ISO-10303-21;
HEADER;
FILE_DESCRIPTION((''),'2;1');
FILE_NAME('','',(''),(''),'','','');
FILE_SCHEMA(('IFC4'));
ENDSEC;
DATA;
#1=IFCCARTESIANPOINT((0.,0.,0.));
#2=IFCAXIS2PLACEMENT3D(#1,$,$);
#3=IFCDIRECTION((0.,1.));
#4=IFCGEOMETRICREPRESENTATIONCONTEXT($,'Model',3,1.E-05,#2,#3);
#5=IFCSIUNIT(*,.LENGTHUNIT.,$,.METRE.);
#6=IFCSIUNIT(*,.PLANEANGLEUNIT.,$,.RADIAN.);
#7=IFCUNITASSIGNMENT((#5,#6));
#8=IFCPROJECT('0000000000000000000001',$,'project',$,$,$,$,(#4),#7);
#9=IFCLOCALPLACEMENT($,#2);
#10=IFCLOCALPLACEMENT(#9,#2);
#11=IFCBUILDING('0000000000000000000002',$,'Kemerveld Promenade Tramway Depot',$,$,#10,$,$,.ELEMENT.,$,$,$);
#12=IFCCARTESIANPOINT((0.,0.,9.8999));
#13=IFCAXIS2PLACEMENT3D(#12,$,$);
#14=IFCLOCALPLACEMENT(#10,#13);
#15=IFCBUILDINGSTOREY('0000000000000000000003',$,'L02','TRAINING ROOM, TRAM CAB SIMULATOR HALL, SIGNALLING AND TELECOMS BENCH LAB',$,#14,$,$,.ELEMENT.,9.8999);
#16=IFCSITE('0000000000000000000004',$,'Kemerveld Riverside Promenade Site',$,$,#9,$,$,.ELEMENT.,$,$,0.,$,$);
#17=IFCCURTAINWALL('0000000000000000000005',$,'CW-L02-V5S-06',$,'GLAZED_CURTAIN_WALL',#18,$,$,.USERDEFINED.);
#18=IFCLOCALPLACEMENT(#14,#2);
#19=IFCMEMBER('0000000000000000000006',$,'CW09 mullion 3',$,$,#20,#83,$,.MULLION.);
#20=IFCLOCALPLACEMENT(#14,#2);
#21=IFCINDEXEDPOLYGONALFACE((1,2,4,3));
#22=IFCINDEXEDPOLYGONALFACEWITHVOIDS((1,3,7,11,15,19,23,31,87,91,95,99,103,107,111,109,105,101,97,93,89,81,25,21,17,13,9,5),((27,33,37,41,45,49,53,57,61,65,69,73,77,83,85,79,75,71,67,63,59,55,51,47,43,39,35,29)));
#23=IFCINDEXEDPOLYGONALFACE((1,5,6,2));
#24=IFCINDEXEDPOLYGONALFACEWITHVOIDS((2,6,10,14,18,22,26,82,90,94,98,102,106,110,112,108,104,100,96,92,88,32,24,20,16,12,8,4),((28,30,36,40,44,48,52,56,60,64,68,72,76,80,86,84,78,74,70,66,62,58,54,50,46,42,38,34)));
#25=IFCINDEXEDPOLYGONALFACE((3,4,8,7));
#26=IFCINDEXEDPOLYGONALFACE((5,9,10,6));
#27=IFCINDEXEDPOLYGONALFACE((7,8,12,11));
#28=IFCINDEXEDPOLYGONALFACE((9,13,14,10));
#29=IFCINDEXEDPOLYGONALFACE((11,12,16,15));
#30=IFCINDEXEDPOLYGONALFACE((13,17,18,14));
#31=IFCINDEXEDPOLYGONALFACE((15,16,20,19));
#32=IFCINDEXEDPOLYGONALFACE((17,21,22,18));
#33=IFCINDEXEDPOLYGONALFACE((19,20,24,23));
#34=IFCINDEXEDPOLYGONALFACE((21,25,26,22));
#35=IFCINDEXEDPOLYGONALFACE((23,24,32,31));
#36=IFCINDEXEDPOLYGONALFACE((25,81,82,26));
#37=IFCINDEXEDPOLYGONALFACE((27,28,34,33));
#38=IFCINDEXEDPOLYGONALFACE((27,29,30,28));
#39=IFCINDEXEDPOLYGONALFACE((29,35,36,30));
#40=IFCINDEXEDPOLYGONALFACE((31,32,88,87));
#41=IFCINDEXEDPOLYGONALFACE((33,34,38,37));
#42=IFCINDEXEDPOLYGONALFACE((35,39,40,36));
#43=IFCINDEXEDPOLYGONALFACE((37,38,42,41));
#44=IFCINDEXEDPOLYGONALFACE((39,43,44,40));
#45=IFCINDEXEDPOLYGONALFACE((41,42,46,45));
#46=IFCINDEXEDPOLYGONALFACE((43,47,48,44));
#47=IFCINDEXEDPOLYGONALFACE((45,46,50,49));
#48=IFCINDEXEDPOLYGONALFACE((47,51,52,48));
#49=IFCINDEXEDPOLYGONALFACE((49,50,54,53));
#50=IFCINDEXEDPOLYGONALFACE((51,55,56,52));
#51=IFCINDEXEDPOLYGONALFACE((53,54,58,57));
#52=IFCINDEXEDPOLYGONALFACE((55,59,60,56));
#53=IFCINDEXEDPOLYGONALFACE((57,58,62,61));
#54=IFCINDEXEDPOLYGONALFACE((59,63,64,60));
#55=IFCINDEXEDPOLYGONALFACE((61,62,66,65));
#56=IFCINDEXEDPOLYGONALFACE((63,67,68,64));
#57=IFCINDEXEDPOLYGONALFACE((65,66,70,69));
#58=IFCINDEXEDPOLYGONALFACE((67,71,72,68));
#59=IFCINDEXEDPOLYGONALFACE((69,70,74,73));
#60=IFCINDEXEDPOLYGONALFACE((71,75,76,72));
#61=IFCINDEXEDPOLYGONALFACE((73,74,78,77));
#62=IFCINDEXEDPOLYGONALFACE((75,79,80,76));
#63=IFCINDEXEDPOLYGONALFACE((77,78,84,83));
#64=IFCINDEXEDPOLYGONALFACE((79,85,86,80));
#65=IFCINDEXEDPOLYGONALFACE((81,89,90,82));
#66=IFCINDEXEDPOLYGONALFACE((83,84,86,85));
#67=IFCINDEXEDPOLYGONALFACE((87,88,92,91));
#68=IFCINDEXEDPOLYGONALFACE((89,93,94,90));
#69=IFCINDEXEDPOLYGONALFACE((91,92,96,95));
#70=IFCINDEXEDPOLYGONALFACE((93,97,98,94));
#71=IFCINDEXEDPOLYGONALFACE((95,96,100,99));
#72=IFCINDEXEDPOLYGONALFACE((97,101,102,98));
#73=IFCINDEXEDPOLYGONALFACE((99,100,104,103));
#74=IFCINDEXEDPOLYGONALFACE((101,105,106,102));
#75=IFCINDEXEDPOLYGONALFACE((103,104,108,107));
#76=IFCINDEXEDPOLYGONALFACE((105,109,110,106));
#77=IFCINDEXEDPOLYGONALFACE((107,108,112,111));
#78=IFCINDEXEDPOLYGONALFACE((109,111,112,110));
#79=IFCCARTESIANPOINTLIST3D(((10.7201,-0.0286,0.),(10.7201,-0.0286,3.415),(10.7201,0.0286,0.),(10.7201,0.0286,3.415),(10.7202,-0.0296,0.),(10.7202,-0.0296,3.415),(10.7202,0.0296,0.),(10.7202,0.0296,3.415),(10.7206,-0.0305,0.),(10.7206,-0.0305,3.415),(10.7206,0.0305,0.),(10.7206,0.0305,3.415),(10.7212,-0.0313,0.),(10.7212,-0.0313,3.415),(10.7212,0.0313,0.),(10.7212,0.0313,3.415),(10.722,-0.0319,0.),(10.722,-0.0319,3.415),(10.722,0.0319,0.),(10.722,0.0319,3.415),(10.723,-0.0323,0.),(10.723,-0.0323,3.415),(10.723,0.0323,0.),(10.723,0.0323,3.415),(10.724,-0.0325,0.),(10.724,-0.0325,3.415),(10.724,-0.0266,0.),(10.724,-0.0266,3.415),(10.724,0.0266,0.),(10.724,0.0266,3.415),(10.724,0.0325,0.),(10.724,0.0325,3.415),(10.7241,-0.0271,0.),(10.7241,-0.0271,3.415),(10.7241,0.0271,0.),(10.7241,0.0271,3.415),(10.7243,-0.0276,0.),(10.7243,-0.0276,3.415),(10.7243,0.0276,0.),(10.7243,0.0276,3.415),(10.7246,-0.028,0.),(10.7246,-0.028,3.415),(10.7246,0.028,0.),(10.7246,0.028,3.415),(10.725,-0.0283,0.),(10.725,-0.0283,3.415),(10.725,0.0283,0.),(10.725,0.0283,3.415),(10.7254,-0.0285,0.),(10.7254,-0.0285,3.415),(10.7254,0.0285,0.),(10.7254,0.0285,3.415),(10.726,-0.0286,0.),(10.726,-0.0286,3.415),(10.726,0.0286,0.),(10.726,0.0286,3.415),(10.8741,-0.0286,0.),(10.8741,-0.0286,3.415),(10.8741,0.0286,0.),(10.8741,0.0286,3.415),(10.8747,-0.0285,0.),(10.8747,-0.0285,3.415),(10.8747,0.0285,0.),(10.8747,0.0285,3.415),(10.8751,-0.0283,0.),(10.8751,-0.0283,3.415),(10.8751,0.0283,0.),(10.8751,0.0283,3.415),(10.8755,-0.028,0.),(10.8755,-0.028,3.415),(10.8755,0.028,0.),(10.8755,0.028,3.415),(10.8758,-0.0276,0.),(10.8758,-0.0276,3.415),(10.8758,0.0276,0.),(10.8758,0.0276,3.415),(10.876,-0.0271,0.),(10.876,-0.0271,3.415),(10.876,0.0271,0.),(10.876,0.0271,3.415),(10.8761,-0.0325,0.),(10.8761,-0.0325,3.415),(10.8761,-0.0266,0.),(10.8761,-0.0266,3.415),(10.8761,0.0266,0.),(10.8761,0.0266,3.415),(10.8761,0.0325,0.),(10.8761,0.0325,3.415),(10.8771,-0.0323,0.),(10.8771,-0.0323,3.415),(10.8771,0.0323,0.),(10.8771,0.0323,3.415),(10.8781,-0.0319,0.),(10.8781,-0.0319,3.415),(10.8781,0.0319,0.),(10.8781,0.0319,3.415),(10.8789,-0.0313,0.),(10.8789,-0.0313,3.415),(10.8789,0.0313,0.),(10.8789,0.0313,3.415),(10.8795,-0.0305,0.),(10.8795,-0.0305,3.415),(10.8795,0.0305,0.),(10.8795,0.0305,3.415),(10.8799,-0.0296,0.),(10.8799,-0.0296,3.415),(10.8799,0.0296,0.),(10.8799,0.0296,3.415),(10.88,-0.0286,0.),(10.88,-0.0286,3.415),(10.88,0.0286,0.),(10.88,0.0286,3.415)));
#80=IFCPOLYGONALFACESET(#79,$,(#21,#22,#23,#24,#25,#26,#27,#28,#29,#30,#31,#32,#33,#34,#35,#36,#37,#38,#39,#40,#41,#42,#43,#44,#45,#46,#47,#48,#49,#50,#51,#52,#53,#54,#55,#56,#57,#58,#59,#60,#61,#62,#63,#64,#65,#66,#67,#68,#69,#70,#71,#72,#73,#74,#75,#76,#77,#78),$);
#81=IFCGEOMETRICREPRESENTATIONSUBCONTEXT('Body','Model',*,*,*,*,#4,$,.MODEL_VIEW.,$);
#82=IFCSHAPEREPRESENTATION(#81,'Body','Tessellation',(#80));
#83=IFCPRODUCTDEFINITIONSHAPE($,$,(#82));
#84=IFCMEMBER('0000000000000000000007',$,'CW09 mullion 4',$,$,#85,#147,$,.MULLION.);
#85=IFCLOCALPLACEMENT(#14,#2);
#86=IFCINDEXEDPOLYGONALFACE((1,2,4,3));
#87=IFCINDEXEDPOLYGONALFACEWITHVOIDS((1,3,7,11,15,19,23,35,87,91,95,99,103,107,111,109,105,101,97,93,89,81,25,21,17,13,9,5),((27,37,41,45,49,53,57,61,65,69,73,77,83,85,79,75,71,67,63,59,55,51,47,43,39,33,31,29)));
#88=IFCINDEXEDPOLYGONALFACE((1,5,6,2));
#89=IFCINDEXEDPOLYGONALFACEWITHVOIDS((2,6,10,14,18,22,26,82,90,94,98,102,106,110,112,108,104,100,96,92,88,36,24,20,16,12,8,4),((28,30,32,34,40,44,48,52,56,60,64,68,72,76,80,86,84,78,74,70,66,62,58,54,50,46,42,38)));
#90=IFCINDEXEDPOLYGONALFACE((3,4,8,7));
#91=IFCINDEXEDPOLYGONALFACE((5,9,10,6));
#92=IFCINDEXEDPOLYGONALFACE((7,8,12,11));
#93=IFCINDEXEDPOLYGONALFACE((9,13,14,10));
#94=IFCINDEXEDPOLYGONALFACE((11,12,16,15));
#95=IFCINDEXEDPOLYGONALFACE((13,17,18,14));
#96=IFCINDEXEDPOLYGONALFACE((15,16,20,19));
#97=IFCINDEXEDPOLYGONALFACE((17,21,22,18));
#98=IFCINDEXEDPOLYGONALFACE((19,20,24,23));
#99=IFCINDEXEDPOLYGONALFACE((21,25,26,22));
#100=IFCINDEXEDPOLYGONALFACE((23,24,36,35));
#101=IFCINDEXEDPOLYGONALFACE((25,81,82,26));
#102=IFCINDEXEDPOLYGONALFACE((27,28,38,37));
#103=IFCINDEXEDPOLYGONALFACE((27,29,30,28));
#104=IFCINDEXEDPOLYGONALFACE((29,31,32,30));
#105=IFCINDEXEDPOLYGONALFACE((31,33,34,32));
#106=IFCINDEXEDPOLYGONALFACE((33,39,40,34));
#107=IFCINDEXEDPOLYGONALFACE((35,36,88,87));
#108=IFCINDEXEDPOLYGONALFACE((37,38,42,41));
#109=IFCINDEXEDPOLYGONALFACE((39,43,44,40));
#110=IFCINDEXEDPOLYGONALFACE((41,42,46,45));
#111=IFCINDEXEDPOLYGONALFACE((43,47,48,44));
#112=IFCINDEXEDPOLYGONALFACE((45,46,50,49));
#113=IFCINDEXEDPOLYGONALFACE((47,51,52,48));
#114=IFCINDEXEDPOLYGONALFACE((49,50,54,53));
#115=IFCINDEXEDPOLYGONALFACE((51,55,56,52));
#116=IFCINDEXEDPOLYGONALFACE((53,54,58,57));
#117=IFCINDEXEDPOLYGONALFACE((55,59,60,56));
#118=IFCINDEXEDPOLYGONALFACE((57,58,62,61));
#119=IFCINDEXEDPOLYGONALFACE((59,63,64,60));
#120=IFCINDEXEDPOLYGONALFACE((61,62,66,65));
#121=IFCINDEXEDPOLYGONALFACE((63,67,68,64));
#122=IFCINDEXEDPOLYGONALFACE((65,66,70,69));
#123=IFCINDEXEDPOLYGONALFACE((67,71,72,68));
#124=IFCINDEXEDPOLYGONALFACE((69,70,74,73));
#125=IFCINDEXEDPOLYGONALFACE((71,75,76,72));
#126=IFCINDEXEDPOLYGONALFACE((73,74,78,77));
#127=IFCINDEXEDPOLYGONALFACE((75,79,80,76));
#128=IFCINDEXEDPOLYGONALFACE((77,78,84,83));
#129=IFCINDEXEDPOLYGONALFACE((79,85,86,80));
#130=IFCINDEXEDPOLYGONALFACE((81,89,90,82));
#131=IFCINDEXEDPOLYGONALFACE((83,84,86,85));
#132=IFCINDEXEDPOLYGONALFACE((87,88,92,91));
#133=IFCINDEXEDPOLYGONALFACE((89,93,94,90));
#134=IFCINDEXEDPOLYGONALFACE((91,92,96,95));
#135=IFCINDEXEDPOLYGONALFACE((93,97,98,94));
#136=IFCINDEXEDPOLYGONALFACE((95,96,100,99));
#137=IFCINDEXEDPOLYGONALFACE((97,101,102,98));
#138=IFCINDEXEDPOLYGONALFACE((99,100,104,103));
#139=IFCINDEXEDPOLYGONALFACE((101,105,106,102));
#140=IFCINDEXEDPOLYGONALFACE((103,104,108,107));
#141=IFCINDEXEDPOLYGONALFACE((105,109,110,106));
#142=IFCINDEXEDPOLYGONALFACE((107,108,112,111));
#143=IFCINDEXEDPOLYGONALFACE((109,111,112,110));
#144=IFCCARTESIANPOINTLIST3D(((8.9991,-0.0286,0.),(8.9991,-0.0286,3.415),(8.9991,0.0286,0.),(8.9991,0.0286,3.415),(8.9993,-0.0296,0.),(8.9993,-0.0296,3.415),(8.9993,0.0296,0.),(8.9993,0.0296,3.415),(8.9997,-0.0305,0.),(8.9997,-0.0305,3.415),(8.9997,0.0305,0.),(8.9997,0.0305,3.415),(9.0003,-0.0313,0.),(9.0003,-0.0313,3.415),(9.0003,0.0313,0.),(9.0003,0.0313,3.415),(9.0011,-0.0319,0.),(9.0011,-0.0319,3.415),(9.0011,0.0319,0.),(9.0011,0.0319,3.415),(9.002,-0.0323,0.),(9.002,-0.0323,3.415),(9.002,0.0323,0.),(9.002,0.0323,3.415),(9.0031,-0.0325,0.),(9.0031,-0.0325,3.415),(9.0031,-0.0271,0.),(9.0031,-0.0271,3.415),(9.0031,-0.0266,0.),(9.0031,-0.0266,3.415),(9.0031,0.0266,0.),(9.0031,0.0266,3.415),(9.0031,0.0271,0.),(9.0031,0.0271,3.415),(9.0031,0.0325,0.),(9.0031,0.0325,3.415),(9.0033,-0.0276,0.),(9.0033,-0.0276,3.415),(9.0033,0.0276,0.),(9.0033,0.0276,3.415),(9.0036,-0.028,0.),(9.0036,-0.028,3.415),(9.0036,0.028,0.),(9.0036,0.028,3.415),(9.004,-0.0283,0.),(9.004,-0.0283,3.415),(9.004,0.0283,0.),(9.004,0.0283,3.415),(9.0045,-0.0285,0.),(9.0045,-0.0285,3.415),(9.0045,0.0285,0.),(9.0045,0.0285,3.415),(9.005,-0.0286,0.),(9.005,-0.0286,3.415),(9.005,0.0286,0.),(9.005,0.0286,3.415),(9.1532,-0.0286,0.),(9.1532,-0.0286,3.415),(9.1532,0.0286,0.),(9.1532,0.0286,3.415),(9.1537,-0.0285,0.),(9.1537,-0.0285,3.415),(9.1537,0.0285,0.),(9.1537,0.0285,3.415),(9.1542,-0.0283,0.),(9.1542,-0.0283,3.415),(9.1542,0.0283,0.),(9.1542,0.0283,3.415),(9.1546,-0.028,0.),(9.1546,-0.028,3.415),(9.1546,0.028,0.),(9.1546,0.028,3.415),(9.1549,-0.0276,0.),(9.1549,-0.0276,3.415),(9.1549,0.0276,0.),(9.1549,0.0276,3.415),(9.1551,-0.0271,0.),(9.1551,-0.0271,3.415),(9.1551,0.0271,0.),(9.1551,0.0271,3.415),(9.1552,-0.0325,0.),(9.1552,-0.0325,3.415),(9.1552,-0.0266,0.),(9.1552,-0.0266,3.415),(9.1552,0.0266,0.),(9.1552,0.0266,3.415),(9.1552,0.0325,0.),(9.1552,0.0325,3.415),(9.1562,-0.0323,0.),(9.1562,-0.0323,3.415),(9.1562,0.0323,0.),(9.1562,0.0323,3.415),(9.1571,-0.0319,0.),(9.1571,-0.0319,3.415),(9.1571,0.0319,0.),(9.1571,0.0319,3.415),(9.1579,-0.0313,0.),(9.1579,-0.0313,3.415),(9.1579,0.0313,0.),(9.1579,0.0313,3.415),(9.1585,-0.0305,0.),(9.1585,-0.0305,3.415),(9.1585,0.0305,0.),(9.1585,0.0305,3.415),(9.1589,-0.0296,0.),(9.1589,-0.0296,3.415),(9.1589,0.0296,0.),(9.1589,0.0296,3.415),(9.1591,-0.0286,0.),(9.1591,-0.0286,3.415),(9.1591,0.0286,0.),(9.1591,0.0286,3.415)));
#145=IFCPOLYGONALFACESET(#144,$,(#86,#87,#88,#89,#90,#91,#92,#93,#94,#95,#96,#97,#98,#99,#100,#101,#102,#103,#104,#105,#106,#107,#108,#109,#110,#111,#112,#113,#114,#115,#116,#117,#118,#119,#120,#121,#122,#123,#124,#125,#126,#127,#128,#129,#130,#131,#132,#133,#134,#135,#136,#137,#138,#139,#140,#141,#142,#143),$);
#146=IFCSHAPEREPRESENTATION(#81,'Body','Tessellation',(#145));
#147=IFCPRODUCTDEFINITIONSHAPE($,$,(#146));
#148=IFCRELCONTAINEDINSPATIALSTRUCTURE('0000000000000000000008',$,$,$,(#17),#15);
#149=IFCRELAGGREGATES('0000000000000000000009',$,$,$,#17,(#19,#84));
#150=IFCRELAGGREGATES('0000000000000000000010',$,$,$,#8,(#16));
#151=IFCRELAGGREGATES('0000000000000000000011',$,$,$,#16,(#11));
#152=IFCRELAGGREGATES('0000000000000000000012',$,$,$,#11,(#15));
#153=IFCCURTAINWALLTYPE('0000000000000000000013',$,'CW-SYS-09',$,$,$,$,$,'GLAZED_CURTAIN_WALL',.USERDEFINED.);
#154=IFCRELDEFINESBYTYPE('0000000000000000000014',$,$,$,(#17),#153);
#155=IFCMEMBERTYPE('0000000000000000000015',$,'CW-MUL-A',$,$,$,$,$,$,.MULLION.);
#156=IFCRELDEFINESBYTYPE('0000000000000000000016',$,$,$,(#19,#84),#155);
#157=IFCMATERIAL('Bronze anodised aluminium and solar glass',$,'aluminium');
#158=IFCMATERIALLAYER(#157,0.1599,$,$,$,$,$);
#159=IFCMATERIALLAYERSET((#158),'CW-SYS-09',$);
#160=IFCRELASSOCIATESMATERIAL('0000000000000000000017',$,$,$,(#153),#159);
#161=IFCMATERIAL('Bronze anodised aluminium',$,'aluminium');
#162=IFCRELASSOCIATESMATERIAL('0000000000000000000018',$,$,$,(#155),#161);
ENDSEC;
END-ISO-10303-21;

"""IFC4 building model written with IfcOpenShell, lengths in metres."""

from ifc_helpers import new_model, si_unit, direction, frame, origin, origin_2d, place, context, subcontext, project, spatial, hollow_rectangle, extrude, material, layer, layer_set, material_profile, profile_set, type_object, element, aggregate, save


model = new_model("IFC4")

# Units and contexts
model_context = context("Model", 3, precision=1e-05, world=origin(), true_north=direction((0.0, 1.0)))
body_context = subcontext(model_context, "Body", "Model", "MODEL_VIEW")
ifc_project = project(units=[si_unit("LENGTHUNIT", "METRE"), si_unit("PLANEANGLEUNIT", "RADIAN")], contexts=[model_context])

# Site, building, storey
site_placement = place(None, origin())
site = spatial("IfcSite", under=ifc_project, at=site_placement, Name="Kemerveld Riverside Promenade Site", CompositionType="ELEMENT", RefElevation=0.0)
building_placement = place(site_placement, origin())
building = spatial("IfcBuilding", under=site, at=building_placement, Name="Kemerveld Promenade Tramway Depot", CompositionType="ELEMENT")
storey_placement = place(building_placement, frame((0.0, 0.0, 9.8999)))
storey = spatial("IfcBuildingStorey", under=building, at=storey_placement, Name="L02", Description="TRAINING ROOM, TRAM CAB SIMULATOR HALL, SIGNALLING AND TELECOMS BENCH LAB", CompositionType="ELEMENT", Elevation=9.8999)

# Curtain wall, members
ifc_material_1 = material(Name="Bronze anodised aluminium and solar glass", Category="aluminium")
ifc_layer_1 = layer(ifc_material_1, 0.1599)
ifc_layer_set_1 = layer_set([ifc_layer_1], Name="CW-SYS-09")
curtain_wall_type = type_object("IfcCurtainWallType", Name="CW-SYS-09", ElementType="GLAZED_CURTAIN_WALL", PredefinedType="USERDEFINED", material=ifc_layer_set_1)
curtain_wall_placement = place(storey_placement, origin())
curtain_wall = element("IfcCurtainWall", 1, at=curtain_wall_placement, inside=storey, type_object=curtain_wall_type, Name="CW-L02-V5S-06", ObjectType="GLAZED_CURTAIN_WALL", PredefinedType="USERDEFINED")
ifc_material_2 = material(Name="Bronze anodised aluminium", Category="aluminium")
ifc_material_profile_1 = material_profile(ifc_material_2, hollow_rectangle(XDim=0.0649, YDim=0.1599, WallThickness=0.0039, InnerFilletRadius=0.002, OuterFilletRadius=0.0039, at=origin_2d()), Name="CW-MUL-160x65")
ifc_profile_set_1 = profile_set([ifc_material_profile_1], Name="Bronze anodised aluminium")
member_type_1 = type_object("IfcMemberType", Name="CW-MUL-A", PredefinedType="MULLION", material=ifc_profile_set_1)
member_1_placement = place(storey_placement, frame((10.8, 0.0, 0.0), z_axis=(0.0, 0.0, 1.0), x_axis=(0.0, -1.0, 0.0)))
member_1 = element("IfcMember", 2, at=member_1_placement, type_object=member_type_1, Name="CW09 mullion 3", PredefinedType="MULLION", context=body_context, shape_type="SweptSolid", body=[
    extrude(hollow_rectangle(XDim=0.0649, YDim=0.1599, WallThickness=0.0039, InnerFilletRadius=0.002, OuterFilletRadius=0.0039, at=origin_2d()), origin(), (0.0, 0.0, 1.0), 3.415),
])
member_2_placement = place(storey_placement, frame((9.0791, 0.0, 0.0), z_axis=(0.0, 0.0, 1.0), x_axis=(0.0, -1.0, 0.0)))
member_2 = element("IfcMember", 3, at=member_2_placement, type_object=member_type_1, Name="CW09 mullion 4", PredefinedType="MULLION", context=body_context, shape_type="SweptSolid", body=[
    extrude(hollow_rectangle(XDim=0.0649, YDim=0.1599, WallThickness=0.0039, InnerFilletRadius=0.002, OuterFilletRadius=0.0039, at=origin_2d()), origin(), (0.0, 0.0, 1.0), 3.415),
])
aggregate(curtain_wall, [member_1, member_2])

save(model, "model.ifc")
